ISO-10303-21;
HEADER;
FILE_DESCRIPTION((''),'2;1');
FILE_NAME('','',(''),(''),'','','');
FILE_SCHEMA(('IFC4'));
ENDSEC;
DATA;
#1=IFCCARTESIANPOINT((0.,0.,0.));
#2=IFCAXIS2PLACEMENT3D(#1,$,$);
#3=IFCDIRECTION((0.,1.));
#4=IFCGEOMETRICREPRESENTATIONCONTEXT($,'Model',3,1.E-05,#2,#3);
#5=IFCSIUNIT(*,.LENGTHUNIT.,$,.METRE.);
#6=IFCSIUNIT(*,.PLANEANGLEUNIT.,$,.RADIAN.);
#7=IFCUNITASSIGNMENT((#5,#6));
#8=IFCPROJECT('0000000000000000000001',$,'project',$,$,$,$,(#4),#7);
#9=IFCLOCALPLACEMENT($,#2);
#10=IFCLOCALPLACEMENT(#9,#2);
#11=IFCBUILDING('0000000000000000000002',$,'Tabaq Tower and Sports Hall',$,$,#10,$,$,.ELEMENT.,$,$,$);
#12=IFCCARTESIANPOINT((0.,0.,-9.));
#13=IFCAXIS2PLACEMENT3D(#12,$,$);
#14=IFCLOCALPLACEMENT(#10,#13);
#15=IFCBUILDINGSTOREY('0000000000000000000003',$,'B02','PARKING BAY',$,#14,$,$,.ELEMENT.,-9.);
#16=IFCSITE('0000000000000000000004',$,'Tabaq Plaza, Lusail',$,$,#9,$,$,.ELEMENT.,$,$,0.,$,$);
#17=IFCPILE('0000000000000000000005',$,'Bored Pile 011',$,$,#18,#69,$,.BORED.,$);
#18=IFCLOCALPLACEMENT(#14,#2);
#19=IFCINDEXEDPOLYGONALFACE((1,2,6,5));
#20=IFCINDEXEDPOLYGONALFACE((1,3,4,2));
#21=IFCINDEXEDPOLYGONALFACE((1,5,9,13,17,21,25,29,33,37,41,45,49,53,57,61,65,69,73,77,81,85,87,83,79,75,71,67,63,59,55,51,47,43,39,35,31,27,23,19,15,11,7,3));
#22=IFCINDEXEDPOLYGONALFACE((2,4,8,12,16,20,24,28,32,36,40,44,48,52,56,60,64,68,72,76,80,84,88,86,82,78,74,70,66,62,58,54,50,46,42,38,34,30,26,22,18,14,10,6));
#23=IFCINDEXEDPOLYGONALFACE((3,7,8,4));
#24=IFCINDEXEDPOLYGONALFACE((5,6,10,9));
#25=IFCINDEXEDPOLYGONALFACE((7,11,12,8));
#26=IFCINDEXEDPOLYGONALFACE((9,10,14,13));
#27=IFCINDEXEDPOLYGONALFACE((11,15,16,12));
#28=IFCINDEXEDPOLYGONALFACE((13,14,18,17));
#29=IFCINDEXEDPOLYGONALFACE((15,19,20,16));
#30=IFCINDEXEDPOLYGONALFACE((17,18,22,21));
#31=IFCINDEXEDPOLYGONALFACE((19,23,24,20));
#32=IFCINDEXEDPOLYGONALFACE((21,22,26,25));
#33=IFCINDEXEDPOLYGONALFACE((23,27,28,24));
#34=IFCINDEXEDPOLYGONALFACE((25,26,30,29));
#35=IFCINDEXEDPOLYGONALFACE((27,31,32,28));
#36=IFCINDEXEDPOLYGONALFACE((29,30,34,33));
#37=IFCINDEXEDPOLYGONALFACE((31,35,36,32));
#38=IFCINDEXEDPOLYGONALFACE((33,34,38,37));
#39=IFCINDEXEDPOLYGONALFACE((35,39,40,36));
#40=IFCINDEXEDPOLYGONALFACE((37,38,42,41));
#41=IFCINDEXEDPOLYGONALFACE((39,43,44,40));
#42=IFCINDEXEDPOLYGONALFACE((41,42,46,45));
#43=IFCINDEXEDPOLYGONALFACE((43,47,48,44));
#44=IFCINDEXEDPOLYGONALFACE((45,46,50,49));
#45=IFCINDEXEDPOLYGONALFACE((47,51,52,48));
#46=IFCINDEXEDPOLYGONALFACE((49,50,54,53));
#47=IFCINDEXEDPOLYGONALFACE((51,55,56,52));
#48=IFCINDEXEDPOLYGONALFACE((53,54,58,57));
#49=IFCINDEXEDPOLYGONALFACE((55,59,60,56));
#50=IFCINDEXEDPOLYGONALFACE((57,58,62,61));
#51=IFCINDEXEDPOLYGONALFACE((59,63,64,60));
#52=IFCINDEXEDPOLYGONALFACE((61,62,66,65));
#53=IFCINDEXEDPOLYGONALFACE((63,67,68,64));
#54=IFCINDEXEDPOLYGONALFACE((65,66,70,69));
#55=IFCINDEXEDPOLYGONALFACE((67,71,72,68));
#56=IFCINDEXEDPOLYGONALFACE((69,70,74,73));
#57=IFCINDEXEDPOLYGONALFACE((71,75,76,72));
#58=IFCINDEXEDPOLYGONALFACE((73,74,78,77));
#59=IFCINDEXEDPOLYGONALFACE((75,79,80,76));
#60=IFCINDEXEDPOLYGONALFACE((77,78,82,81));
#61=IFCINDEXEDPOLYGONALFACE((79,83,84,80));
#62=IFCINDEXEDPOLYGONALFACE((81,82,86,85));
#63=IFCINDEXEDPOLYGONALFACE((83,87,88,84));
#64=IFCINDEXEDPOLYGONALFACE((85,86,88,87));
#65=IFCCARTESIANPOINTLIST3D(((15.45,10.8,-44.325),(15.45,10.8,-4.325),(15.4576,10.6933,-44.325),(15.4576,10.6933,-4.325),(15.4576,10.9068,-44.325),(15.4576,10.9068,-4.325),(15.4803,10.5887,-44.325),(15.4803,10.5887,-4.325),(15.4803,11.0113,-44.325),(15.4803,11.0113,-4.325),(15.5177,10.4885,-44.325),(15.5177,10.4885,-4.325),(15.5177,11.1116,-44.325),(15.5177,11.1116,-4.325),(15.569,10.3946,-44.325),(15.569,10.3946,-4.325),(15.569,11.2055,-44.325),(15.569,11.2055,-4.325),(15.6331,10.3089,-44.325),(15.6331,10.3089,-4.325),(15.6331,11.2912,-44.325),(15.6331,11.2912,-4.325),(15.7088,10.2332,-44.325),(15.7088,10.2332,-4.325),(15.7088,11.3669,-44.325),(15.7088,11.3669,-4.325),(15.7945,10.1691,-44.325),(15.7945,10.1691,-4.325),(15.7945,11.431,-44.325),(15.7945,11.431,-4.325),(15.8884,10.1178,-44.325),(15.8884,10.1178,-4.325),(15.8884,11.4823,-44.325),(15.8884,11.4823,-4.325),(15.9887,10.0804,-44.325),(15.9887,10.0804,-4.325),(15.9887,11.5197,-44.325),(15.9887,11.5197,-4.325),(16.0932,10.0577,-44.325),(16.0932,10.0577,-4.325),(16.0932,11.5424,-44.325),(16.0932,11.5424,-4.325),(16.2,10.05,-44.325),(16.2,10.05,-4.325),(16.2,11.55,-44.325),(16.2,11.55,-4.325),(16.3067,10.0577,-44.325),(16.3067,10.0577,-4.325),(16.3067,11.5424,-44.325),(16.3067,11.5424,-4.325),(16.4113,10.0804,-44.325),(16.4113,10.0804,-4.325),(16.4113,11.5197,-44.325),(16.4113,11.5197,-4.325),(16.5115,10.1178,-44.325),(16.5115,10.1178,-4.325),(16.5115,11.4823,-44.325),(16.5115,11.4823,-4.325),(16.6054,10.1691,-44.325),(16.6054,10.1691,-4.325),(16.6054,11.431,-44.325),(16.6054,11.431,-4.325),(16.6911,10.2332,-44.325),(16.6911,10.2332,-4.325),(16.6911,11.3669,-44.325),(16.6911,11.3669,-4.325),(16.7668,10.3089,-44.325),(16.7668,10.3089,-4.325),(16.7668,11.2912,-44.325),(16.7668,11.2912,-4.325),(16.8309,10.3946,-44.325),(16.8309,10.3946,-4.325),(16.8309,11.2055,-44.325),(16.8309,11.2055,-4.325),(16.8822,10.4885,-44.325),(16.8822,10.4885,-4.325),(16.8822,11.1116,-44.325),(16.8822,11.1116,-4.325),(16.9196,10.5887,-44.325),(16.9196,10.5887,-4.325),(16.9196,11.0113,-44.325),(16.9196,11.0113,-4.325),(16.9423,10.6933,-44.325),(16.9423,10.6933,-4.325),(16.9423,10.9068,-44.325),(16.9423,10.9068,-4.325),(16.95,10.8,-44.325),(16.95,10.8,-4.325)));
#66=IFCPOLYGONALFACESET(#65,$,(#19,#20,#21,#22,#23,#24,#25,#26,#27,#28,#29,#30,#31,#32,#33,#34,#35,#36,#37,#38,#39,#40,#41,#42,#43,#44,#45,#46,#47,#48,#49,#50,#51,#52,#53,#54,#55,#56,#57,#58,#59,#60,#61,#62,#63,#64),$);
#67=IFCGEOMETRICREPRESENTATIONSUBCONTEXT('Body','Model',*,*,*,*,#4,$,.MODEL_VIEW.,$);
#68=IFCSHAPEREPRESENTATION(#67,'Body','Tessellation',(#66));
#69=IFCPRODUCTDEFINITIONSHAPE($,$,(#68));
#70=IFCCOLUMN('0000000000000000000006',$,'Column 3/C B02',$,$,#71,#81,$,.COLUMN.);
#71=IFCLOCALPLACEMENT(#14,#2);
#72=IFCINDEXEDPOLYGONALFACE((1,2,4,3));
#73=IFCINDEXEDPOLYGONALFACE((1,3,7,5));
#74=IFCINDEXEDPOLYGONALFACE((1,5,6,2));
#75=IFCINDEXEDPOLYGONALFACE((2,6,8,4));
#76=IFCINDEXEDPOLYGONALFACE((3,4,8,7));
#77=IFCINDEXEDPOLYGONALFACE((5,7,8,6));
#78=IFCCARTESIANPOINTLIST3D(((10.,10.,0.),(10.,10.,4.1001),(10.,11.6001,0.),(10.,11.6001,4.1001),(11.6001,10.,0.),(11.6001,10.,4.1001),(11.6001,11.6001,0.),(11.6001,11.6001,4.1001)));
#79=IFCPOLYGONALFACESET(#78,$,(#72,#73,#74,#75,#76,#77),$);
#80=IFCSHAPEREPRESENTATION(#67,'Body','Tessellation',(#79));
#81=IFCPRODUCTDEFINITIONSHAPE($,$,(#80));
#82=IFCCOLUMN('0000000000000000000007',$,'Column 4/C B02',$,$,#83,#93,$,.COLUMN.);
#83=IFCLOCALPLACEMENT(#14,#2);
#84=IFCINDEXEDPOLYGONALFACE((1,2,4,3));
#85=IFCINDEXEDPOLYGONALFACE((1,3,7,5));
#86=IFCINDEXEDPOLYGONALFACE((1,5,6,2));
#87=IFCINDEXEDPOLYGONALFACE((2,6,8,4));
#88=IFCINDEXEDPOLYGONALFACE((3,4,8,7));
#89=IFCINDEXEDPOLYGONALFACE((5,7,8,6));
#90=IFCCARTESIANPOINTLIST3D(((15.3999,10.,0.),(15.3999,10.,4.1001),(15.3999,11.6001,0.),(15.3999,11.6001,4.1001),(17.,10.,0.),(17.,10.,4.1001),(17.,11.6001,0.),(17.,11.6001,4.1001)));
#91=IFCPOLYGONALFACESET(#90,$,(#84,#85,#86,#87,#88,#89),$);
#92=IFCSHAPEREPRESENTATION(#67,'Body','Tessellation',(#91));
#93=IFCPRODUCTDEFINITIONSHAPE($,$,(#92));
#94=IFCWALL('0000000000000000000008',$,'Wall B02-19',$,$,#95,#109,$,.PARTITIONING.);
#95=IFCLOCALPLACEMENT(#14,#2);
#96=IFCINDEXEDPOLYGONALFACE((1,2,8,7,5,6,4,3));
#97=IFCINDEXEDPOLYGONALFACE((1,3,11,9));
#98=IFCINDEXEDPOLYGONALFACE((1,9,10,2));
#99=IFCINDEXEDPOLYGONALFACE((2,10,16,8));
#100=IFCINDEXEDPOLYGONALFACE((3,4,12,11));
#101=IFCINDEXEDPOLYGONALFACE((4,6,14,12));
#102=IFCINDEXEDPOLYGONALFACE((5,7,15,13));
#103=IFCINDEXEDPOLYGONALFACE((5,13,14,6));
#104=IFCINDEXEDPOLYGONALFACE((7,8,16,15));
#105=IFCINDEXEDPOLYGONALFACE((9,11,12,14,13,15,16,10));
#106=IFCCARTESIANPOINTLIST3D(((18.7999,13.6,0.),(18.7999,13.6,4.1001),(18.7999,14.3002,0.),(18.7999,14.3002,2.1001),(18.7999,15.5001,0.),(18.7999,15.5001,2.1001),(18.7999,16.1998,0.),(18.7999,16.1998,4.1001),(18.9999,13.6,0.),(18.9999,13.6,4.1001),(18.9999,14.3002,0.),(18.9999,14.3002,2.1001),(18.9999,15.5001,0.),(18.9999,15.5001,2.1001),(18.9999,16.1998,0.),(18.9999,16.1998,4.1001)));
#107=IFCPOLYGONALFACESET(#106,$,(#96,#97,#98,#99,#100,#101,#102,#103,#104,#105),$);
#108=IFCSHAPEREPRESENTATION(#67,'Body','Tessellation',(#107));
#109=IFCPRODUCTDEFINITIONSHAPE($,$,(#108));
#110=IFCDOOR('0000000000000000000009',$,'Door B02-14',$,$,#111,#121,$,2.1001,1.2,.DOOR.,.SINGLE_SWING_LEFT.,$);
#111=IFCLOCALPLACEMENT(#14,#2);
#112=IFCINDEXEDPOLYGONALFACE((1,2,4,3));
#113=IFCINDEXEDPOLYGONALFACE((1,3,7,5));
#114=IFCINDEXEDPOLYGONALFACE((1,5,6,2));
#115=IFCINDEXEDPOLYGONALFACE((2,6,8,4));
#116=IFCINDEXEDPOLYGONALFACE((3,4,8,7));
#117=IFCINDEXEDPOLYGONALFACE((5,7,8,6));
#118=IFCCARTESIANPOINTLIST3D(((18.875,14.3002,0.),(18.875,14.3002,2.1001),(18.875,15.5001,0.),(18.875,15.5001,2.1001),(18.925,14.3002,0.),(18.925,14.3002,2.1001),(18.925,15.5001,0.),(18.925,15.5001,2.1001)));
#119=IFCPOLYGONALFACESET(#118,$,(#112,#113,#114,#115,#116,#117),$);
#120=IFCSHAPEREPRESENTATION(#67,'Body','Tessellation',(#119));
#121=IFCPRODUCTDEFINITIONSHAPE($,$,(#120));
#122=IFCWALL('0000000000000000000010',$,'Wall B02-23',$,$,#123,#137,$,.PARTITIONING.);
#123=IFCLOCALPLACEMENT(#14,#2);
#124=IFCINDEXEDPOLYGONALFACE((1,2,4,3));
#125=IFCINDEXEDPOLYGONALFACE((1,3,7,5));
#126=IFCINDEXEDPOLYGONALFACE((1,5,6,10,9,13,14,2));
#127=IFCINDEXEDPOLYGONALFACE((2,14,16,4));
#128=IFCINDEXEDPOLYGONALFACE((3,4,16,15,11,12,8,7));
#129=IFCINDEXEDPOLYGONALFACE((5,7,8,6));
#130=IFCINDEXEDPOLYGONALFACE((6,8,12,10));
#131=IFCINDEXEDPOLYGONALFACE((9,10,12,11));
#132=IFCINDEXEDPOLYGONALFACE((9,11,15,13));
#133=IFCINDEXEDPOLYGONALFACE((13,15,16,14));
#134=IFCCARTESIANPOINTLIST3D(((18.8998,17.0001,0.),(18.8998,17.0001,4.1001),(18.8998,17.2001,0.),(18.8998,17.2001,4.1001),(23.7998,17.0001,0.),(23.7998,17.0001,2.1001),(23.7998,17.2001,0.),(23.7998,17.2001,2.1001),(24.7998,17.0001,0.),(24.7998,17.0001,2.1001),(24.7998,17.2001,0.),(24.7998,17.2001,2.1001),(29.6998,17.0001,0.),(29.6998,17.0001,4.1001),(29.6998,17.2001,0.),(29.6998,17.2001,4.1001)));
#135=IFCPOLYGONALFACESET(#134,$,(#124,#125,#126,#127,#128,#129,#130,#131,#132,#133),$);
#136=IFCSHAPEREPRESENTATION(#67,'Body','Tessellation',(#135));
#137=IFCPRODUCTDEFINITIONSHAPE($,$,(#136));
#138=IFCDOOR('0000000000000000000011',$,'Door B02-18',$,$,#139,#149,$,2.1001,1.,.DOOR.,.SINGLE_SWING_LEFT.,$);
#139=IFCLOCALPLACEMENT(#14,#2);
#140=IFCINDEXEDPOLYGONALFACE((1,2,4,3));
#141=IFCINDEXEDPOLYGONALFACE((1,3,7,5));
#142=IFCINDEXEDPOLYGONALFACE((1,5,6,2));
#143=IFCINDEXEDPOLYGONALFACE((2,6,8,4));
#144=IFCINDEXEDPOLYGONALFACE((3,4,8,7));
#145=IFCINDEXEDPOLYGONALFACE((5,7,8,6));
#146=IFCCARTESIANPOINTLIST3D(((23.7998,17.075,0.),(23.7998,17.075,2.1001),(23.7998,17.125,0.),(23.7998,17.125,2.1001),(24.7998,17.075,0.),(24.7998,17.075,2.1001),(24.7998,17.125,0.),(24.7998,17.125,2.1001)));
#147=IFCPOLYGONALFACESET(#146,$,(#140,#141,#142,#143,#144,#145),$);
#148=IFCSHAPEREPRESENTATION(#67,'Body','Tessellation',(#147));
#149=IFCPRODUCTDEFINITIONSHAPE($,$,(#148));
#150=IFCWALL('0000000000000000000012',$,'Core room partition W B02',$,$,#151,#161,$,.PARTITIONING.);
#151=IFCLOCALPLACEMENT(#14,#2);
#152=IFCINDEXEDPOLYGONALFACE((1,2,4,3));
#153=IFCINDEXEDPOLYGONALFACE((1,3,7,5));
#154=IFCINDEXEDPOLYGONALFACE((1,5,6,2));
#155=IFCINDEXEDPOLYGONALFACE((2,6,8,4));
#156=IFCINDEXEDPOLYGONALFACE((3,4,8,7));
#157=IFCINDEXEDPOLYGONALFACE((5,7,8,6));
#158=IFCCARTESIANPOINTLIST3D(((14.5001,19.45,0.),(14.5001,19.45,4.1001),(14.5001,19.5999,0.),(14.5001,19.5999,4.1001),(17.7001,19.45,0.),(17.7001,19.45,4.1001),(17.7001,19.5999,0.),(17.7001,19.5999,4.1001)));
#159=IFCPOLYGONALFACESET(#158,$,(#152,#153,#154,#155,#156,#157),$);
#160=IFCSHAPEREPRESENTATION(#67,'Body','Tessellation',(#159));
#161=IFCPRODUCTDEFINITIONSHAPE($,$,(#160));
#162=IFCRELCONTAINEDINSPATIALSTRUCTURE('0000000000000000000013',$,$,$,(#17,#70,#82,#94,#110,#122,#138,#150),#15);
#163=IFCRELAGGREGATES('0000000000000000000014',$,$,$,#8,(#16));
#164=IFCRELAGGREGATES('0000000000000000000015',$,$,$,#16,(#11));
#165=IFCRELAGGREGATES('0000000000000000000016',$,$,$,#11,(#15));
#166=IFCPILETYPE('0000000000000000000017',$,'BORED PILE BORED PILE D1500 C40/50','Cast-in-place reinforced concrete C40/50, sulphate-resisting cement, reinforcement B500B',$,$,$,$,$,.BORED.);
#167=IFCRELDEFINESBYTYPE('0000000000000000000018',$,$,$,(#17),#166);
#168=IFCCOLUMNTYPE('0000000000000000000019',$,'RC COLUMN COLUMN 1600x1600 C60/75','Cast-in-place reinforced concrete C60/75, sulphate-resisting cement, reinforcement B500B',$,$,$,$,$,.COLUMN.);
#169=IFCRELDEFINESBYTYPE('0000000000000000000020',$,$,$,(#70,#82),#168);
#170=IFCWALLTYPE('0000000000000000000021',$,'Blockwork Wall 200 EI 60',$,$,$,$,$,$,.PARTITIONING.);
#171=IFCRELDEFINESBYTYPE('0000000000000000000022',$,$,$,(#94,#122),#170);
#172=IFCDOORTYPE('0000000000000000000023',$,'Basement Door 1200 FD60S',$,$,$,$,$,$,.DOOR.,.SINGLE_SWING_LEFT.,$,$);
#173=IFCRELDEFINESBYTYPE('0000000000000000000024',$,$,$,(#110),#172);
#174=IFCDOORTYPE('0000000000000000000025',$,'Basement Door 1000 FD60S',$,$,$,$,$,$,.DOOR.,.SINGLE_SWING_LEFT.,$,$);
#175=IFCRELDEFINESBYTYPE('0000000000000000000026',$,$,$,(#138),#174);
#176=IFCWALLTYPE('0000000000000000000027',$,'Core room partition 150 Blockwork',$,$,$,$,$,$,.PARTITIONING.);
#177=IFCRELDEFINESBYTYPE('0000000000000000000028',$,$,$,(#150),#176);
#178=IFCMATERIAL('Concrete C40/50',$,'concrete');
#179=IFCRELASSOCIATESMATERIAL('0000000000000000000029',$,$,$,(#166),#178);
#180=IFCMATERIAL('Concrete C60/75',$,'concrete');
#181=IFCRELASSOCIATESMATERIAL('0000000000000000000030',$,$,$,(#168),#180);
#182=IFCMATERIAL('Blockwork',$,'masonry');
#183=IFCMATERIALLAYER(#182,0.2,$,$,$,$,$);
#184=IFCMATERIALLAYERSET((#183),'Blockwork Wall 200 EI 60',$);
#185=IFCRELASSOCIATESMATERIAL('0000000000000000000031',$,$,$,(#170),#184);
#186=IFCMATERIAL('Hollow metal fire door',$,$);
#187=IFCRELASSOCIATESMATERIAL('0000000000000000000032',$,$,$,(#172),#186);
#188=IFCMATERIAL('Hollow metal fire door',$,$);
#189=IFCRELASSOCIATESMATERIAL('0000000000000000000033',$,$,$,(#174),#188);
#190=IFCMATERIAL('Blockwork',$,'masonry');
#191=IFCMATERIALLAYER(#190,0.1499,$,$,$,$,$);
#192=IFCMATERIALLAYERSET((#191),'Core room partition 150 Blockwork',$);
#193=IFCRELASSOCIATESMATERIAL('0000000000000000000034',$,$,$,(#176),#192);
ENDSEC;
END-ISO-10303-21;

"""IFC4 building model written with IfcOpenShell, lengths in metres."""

from ifc_helpers import new_model, si_unit, direction, frame, frame_2d, origin, origin_2d, place, context, subcontext, project, spatial, rectangle, circle, extrude, material, layer, layer_set, material_profile, profile_set, type_object, element, fill, save


model = new_model("IFC4")

# Units and contexts
model_context = context("Model", 3, precision=1e-05, world=origin(), true_north=direction((0.0, 1.0)))
body_context = subcontext(model_context, "Body", "Model", "MODEL_VIEW")
ifc_project = project(units=[si_unit("LENGTHUNIT", "METRE"), si_unit("PLANEANGLEUNIT", "RADIAN")], contexts=[model_context])

# Site, building, storey
site_placement = place(None, origin())
site = spatial("IfcSite", under=ifc_project, at=site_placement, Name="Tabaq Plaza, Lusail", CompositionType="ELEMENT", RefElevation=0.0)
building_placement = place(site_placement, origin())
building = spatial("IfcBuilding", under=site, at=building_placement, Name="Tabaq Tower and Sports Hall", CompositionType="ELEMENT")
storey_placement = place(building_placement, frame((0.0, 0.0, -9.0)))
storey = spatial("IfcBuildingStorey", under=building, at=storey_placement, Name="B02", Description="PARKING BAY", CompositionType="ELEMENT", Elevation=-9.0)

# Pile
ifc_material_1 = material(Name="Concrete C40/50", Category="concrete")
ifc_material_profile_1 = material_profile(ifc_material_1, circle(Radius=0.75, at=origin_2d()), Name="BORED PILE D1500")
ifc_profile_set_1 = profile_set([ifc_material_profile_1], Name="Concrete C40/50")
pile_type_1 = type_object("IfcPileType", Name="BORED PILE BORED PILE D1500 C40/50", Description="Cast-in-place reinforced concrete C40/50, sulphate-resisting cement, reinforcement B500B", PredefinedType="BORED", material=ifc_profile_set_1)
for number, where, z_axis, x_axis, name in (
    (1, (16.2, 10.8, -4.325), (0.0, 0.0, -1.0), (1.0, 0.0, 0.0), "Bored Pile 011"),
):
    element("IfcPile", number, at=place(storey_placement, frame(where, z_axis=z_axis, x_axis=x_axis)), inside=storey, type_object=pile_type_1, Name=name, PredefinedType="BORED", context=body_context, shape_type="SweptSolid", body=[
        extrude(circle(Radius=0.75, at=origin_2d()), origin(), (0.0, 0.0, 1.0), 40.0),
    ])

# Columns
ifc_material_2 = material(Name="Concrete C60/75", Category="concrete")
ifc_material_profile_2 = material_profile(ifc_material_2, rectangle(XDim=1.6001, YDim=1.6001, at=origin_2d()), Name="COLUMN 1600x1600")
ifc_profile_set_2 = profile_set([ifc_material_profile_2], Name="Concrete C60/75")
column_type = type_object("IfcColumnType", Name="RC COLUMN COLUMN 1600x1600 C60/75", Description="Cast-in-place reinforced concrete C60/75, sulphate-resisting cement, reinforcement B500B", PredefinedType="COLUMN", material=ifc_profile_set_2)
for number, where, z_axis, x_axis, name in (
    (2, (10.8, 10.8, 0.0), (0.0, 0.0, 1.0), (1.0, 0.0, 0.0), "Column 3/C B02"),
    (3, (16.2, 10.8, 0.0), (0.0, 0.0, 1.0), (1.0, 0.0, 0.0), "Column 4/C B02"),
):
    element("IfcColumn", number, at=place(storey_placement, frame(where, z_axis=z_axis, x_axis=x_axis)), inside=storey, type_object=column_type, Name=name, PredefinedType="COLUMN", context=body_context, shape_type="SweptSolid", body=[
        extrude(rectangle(XDim=1.6001, YDim=1.6001, at=origin_2d()), origin(), (0.0, 0.0, 1.0), 4.1001),
    ])

# Walls, openings, doors
ifc_material_3 = material(Name="Blockwork", Category="masonry")
ifc_layer_1 = layer(ifc_material_3, 0.2)
ifc_layer_set_1 = layer_set([ifc_layer_1], Name="Blockwork Wall 200 EI 60")
wall_type_1 = type_object("IfcWallType", Name="Blockwork Wall 200 EI 60", PredefinedType="PARTITIONING", material=ifc_layer_set_1)
wall_1_placement = place(storey_placement, frame((18.8999, 13.6001, 0.0), z_axis=(0.0, 0.0, 1.0), x_axis=(0.0, 1.0, 0.0)))
wall_1 = element("IfcWall", 4, at=wall_1_placement, inside=storey, type_object=wall_type_1, Name="Wall B02-19", PredefinedType="PARTITIONING", context=body_context, shape_type="SweptSolid", body=[
    extrude(rectangle(XDim=2.5999, YDim=0.2, at=frame_2d((1.2998, 0.0))), origin(), (0.0, 0.0, 1.0), 4.1001),
])
opening_1_placement = place(wall_1_placement, frame((0.7, 0.0, 0.0)))
opening_1 = element("IfcOpeningElement", 5, at=opening_1_placement, cuts=wall_1, PredefinedType="OPENING", context=body_context, shape_type="SweptSolid", body=[
    extrude(rectangle(XDim=1.2, YDim=2.1001, at=frame_2d((0.6001, 1.05))), frame((0.0, 0.1099, 0.0), z_axis=(0.0, -1.0, 0.0), x_axis=(1.0, 0.0, 0.0)), (0.0, 0.0, 1.0), 0.22),
])
ifc_material_4 = material(Name="Hollow metal fire door")
door_type_1 = type_object("IfcDoorType", Name="Basement Door 1200 FD60S", OperationType="SINGLE_SWING_LEFT", PredefinedType="DOOR", material=ifc_material_4)
door_1_placement = place(opening_1_placement, origin())
door_1 = element("IfcDoor", 6, at=door_1_placement, inside=storey, type_object=door_type_1, Name="Door B02-14", OperationType="SINGLE_SWING_LEFT", OverallHeight=2.1001, OverallWidth=1.2, PredefinedType="DOOR", context=body_context, shape_type="SweptSolid", body=[
    extrude(rectangle(XDim=1.2, YDim=2.1001, at=frame_2d((0.6001, 1.05))), frame((0.0, 0.0249, 0.0), z_axis=(0.0, -1.0, 0.0), x_axis=(1.0, 0.0, 0.0)), (0.0, 0.0, 1.0), 0.05),
])
fill(opening_1, door_1)
wall_2_placement = place(storey_placement, frame((18.8999, 17.1001, 0.0), z_axis=(0.0, 0.0, 1.0), x_axis=(1.0, 0.0, 0.0)))
wall_2 = element("IfcWall", 7, at=wall_2_placement, inside=storey, type_object=wall_type_1, Name="Wall B02-23", PredefinedType="PARTITIONING", context=body_context, shape_type="SweptSolid", body=[
    extrude(rectangle(XDim=10.8, YDim=0.2, at=frame_2d((5.3999, 0.0))), origin(), (0.0, 0.0, 1.0), 4.1001),
])
opening_2_placement = place(wall_2_placement, frame((4.8999, 0.0, 0.0)))
opening_2 = element("IfcOpeningElement", 8, at=opening_2_placement, cuts=wall_2, PredefinedType="OPENING", context=body_context, shape_type="SweptSolid", body=[
    extrude(rectangle(XDim=1.0, YDim=2.1001, at=frame_2d((0.5, 1.05))), frame((0.0, 0.1099, 0.0), z_axis=(0.0, -1.0, 0.0), x_axis=(1.0, 0.0, 0.0)), (0.0, 0.0, 1.0), 0.22),
])
ifc_material_5 = material(Name="Hollow metal fire door")
door_type_2 = type_object("IfcDoorType", Name="Basement Door 1000 FD60S", OperationType="SINGLE_SWING_LEFT", PredefinedType="DOOR", material=ifc_material_5)
door_2_placement = place(opening_2_placement, origin())
door_2 = element("IfcDoor", 9, at=door_2_placement, inside=storey, type_object=door_type_2, Name="Door B02-18", OperationType="SINGLE_SWING_LEFT", OverallHeight=2.1001, OverallWidth=1.0, PredefinedType="DOOR", context=body_context, shape_type="SweptSolid", body=[
    extrude(rectangle(XDim=1.0, YDim=2.1001, at=frame_2d((0.5, 1.05))), frame((0.0, 0.0249, 0.0), z_axis=(0.0, -1.0, 0.0), x_axis=(1.0, 0.0, 0.0)), (0.0, 0.0, 1.0), 0.05),
])
fill(opening_2, door_2)

# Wall
ifc_material_6 = material(Name="Blockwork", Category="masonry")
ifc_layer_2 = layer(ifc_material_6, 0.1499)
ifc_layer_set_2 = layer_set([ifc_layer_2], Name="Core room partition 150 Blockwork")
wall_type_2 = type_object("IfcWallType", Name="Core room partition 150 Blockwork", PredefinedType="PARTITIONING", material=ifc_layer_set_2)
wall_3_placement = place(storey_placement, frame((14.5, 19.5249, 0.0), z_axis=(0.0, 0.0, 1.0), x_axis=(1.0, 0.0, 0.0)))
element("IfcWall", 10, at=wall_3_placement, inside=storey, type_object=wall_type_2, Name="Core room partition W B02", PredefinedType="PARTITIONING", context=body_context, shape_type="SweptSolid", body=[
    extrude(rectangle(XDim=3.2, YDim=0.1499, at=frame_2d((1.6001, 0.0))), origin(), (0.0, 0.0, 1.0), 4.1001),
])

save(model, "model.ifc")
